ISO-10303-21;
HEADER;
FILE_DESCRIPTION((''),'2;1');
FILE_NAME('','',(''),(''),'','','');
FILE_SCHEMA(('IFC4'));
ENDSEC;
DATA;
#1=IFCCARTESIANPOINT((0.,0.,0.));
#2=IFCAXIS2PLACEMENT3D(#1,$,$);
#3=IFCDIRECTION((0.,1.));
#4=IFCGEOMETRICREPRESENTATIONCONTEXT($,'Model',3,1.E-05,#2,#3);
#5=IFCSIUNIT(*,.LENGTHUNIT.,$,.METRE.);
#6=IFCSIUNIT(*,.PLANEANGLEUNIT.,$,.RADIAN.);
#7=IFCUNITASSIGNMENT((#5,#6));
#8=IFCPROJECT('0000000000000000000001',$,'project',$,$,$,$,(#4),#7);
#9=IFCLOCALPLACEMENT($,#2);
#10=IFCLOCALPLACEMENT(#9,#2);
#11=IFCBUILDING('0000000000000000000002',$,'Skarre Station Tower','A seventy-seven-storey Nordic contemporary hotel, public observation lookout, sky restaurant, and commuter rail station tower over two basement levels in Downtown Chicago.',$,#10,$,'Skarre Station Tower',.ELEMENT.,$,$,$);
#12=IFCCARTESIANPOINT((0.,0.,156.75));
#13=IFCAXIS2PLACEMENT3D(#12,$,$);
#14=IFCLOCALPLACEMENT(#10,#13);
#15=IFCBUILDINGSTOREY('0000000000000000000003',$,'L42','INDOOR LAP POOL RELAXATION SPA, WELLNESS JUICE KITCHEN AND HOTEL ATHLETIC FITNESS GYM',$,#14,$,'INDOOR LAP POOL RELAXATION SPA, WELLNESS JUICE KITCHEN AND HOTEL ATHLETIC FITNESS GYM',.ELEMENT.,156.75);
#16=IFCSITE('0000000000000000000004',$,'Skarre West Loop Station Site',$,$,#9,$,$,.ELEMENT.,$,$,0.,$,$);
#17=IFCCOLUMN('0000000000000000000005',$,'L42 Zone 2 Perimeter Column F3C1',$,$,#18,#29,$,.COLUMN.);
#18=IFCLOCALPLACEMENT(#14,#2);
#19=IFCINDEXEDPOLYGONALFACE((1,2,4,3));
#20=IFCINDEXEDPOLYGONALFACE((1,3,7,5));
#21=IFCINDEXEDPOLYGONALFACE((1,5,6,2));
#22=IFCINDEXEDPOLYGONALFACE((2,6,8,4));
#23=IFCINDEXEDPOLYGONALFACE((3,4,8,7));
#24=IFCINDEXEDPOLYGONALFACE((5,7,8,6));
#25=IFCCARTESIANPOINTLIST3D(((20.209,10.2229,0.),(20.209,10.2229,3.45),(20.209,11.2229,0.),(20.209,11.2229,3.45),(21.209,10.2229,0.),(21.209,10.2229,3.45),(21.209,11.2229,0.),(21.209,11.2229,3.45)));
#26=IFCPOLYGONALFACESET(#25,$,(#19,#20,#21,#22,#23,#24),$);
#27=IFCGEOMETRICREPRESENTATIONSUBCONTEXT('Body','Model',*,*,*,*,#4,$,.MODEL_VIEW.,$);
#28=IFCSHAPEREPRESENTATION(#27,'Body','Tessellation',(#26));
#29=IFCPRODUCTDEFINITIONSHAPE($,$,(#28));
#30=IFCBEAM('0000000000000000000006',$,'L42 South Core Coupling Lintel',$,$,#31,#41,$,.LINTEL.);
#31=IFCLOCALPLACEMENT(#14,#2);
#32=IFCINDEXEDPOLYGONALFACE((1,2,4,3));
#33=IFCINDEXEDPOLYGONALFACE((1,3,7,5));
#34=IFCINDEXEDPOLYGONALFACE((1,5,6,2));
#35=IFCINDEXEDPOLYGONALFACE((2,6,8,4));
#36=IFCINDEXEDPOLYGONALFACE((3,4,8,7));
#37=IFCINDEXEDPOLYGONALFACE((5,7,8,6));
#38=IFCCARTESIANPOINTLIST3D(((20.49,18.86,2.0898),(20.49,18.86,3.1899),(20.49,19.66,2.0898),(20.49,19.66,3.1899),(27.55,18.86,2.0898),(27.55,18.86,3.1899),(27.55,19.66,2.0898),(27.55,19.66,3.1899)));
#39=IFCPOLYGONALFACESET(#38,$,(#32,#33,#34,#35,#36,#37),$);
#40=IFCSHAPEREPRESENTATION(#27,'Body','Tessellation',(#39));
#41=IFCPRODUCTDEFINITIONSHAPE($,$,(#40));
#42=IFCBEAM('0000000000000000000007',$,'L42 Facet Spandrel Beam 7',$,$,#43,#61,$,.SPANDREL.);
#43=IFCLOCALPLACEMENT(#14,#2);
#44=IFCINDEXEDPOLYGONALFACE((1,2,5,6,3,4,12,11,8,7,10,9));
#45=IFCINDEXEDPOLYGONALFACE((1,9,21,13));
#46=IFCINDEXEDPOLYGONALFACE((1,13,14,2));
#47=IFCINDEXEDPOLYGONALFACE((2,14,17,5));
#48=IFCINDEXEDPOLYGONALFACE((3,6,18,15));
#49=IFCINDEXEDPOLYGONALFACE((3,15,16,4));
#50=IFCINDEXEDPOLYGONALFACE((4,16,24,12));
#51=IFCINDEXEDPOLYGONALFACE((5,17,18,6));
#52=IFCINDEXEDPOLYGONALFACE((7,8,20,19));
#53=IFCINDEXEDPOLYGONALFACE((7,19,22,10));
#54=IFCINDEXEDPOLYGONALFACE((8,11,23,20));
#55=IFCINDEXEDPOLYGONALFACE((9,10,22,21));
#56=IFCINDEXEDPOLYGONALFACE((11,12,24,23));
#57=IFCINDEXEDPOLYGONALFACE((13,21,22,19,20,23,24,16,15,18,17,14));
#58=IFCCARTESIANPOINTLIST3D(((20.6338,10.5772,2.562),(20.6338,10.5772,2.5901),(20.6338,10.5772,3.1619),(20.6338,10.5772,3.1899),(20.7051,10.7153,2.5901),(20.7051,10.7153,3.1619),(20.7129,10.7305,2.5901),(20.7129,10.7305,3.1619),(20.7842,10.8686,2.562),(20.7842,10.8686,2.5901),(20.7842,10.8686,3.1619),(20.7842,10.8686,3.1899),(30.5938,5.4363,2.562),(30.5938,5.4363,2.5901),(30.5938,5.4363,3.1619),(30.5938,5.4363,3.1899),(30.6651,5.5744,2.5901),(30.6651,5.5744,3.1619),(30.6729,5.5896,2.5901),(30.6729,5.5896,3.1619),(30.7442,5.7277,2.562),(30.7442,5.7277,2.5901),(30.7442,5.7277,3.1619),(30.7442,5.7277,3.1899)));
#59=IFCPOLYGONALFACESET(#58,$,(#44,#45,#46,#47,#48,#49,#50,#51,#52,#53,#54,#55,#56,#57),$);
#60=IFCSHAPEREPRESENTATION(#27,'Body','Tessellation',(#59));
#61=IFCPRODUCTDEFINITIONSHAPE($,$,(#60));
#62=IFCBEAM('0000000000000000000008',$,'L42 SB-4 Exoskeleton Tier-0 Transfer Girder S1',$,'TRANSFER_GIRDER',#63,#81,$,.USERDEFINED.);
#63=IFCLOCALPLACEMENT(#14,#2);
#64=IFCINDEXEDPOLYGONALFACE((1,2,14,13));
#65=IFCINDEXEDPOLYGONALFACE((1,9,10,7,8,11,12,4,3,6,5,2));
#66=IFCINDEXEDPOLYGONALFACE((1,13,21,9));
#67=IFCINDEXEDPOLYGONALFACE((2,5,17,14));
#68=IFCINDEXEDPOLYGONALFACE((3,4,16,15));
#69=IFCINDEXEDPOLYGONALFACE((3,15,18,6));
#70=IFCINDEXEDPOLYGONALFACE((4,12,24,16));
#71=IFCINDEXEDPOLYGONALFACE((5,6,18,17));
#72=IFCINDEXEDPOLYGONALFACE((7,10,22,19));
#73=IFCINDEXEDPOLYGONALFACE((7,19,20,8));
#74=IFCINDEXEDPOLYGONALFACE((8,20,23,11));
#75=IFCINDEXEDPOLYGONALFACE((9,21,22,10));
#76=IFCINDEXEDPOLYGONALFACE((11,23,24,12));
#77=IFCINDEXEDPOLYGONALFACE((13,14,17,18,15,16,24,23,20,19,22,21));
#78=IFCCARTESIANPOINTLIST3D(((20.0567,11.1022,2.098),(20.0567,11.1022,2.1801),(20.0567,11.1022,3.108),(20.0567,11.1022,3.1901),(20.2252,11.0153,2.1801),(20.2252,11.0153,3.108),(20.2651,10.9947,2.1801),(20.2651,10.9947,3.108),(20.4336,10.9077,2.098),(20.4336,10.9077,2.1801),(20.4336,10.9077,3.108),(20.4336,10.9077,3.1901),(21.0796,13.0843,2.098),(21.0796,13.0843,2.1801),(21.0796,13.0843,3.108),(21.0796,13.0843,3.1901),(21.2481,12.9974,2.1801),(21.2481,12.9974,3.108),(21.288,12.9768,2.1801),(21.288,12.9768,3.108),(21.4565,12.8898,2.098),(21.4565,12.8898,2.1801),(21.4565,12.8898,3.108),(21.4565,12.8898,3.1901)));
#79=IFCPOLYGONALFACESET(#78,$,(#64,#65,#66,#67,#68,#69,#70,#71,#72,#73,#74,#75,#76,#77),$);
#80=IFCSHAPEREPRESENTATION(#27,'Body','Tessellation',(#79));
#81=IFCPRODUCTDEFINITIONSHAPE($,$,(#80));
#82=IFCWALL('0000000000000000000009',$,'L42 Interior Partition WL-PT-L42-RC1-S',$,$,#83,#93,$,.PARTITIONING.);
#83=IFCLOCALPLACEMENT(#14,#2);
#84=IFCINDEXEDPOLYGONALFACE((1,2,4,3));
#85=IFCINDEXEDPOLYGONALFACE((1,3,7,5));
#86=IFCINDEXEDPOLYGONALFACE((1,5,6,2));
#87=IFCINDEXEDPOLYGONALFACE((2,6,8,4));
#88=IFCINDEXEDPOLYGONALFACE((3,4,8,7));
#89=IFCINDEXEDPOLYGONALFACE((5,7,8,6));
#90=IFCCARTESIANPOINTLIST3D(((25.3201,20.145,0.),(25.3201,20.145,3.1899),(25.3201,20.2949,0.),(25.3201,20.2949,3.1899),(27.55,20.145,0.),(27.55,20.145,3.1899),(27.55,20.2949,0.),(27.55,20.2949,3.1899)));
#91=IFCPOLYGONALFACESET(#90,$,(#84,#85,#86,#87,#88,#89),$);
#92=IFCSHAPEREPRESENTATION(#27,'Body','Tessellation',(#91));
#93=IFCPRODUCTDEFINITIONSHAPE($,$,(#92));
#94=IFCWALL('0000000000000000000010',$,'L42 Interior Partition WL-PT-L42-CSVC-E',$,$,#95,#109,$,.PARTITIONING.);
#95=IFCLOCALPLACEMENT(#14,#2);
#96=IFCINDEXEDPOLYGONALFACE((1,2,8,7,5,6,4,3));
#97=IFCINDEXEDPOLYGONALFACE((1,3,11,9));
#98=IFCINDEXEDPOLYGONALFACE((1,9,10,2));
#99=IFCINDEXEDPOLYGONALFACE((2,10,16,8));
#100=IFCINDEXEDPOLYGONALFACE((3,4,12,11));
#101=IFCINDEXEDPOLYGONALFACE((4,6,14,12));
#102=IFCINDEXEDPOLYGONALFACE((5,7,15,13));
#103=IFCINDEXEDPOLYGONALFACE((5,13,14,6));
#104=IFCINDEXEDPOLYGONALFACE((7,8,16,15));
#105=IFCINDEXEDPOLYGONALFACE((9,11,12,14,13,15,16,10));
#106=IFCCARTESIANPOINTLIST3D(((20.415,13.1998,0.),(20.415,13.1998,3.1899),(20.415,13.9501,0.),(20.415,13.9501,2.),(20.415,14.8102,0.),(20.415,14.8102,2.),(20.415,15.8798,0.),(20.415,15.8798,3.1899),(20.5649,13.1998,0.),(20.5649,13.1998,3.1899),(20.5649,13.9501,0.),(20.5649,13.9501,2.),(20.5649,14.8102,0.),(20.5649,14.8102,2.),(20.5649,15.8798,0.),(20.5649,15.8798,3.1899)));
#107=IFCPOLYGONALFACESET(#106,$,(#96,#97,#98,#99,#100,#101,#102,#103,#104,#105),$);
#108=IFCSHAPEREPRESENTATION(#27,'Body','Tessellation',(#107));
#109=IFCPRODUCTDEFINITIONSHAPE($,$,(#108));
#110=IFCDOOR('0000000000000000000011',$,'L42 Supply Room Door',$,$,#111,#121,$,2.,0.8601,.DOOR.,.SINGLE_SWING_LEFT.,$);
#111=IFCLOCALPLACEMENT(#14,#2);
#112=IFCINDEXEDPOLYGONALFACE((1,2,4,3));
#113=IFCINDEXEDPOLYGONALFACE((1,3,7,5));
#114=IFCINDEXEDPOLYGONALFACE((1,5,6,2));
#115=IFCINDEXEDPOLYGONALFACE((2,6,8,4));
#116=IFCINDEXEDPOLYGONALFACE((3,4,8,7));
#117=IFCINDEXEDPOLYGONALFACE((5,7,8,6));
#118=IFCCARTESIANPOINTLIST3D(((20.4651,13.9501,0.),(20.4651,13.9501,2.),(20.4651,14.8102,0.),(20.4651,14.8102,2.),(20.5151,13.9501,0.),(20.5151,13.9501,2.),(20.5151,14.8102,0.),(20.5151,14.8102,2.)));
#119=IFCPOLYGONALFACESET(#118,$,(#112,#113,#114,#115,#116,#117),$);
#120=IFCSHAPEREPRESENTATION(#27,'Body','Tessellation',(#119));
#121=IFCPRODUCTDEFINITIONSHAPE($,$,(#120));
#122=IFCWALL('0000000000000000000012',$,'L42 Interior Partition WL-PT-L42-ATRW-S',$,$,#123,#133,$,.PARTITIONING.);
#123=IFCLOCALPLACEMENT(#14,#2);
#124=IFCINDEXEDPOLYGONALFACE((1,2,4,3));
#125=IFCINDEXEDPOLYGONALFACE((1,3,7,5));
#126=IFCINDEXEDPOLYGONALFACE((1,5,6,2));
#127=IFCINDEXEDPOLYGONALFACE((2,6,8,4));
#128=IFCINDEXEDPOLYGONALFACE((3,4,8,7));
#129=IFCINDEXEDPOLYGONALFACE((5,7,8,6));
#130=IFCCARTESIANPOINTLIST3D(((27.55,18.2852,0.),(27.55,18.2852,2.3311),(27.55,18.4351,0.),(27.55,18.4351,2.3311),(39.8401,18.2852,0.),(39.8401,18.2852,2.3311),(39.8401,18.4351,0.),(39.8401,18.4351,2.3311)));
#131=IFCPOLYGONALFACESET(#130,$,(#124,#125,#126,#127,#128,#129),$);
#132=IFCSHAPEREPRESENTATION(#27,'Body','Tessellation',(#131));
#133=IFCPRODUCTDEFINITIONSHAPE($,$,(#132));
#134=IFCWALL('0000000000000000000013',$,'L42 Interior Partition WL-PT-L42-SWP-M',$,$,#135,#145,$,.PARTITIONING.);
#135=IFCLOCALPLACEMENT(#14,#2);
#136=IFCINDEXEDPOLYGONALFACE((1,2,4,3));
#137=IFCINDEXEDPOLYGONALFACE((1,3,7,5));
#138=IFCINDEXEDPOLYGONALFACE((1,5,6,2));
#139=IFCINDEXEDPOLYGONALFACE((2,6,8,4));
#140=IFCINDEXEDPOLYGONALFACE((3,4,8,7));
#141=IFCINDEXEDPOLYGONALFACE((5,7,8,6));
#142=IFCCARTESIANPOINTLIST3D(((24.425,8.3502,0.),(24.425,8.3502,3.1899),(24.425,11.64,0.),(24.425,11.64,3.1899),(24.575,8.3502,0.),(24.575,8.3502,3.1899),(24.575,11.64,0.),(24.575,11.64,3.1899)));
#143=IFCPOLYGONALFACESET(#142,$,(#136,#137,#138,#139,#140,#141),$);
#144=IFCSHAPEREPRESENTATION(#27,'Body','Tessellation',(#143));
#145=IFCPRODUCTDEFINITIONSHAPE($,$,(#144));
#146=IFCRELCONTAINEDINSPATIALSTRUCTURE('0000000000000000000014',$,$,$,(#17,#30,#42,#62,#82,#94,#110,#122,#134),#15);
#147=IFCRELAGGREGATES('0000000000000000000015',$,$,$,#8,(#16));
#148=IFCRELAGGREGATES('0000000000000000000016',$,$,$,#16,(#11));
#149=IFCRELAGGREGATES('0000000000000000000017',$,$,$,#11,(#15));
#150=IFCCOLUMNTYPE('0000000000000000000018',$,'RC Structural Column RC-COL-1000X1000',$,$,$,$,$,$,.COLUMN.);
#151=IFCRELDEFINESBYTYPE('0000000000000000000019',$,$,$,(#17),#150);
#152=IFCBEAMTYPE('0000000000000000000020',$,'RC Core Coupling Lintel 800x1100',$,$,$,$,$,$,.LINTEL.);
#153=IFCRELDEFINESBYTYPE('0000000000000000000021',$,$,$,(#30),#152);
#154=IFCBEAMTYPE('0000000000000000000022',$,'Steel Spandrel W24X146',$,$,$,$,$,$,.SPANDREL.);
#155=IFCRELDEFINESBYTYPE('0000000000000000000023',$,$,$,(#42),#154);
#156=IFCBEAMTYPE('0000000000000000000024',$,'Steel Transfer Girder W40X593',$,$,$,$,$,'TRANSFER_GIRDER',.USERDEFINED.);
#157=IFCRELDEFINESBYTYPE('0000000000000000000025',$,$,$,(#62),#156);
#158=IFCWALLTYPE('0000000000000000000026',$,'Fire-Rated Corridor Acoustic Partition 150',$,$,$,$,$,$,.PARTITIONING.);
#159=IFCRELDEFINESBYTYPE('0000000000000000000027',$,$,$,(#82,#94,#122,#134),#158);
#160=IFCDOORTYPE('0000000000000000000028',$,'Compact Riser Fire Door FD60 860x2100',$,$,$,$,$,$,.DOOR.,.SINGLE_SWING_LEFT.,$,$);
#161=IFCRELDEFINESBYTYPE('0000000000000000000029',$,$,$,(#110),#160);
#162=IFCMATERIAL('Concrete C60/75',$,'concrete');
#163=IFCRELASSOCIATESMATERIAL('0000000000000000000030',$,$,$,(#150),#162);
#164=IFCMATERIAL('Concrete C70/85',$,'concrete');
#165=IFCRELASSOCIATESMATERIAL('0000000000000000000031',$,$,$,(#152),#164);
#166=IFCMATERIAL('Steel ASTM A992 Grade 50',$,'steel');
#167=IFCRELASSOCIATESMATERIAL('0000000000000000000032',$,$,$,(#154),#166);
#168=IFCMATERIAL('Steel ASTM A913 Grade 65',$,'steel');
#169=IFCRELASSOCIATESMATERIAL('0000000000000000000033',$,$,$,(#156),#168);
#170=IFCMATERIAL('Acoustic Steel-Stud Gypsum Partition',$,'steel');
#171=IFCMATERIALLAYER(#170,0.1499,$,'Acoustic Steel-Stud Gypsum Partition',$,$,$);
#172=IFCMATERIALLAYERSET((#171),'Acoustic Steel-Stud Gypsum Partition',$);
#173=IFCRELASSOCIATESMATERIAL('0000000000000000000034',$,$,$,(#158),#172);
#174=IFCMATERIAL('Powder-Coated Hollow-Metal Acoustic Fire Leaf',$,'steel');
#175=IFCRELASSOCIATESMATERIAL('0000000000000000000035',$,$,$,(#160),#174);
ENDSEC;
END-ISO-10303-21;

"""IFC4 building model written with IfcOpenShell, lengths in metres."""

from ifc_helpers import new_model, si_unit, direction, frame, frame_2d, origin, origin_2d, place, context, subcontext, project, spatial, rectangle, i_section, extrude, material, layer, layer_set, material_profile, profile_set, type_object, element, fill, save


model = new_model("IFC4")

# Units and contexts
model_context = context("Model", 3, precision=1e-05, world=origin(), true_north=direction((0.0, 1.0)))
body_context = subcontext(model_context, "Body", "Model", "MODEL_VIEW")
ifc_project = project(units=[si_unit("LENGTHUNIT", "METRE"), si_unit("PLANEANGLEUNIT", "RADIAN")], contexts=[model_context])

# Site, building, storey
site_placement = place(None, origin())
site = spatial("IfcSite", under=ifc_project, at=site_placement, Name="Skarre West Loop Station Site", CompositionType="ELEMENT", RefElevation=0.0)
building_placement = place(site_placement, origin())
building = spatial("IfcBuilding", under=site, at=building_placement, Name="Skarre Station Tower", Description="A seventy-seven-storey Nordic contemporary hotel, public observation lookout, sky restaurant, and commuter rail station tower over two basement levels in Downtown Chicago.", LongName="Skarre Station Tower", CompositionType="ELEMENT")
storey_placement = place(building_placement, frame((0.0, 0.0, 156.75)))
storey = spatial("IfcBuildingStorey", under=building, at=storey_placement, Name="L42", Description="INDOOR LAP POOL RELAXATION SPA, WELLNESS JUICE KITCHEN AND HOTEL ATHLETIC FITNESS GYM", LongName="INDOOR LAP POOL RELAXATION SPA, WELLNESS JUICE KITCHEN AND HOTEL ATHLETIC FITNESS GYM", CompositionType="ELEMENT", Elevation=156.75)

# Column
ifc_material_1 = material(Name="Concrete C60/75", Category="concrete")
ifc_material_profile_1 = material_profile(ifc_material_1, rectangle(XDim=1.0, YDim=1.0, at=origin_2d()), Name="Concrete C60/75")
ifc_profile_set_1 = profile_set([ifc_material_profile_1], Name="Concrete C60/75")
column_type = type_object("IfcColumnType", Name="RC Structural Column RC-COL-1000X1000", PredefinedType="COLUMN", material=ifc_profile_set_1)
column_placement = place(storey_placement, frame((20.709, 10.7229, 0.0), z_axis=(0.0, 0.0, 1.0), x_axis=(1.0, 0.0, 0.0)))
element("IfcColumn", 1, at=column_placement, inside=storey, type_object=column_type, Name="L42 Zone 2 Perimeter Column F3C1", PredefinedType="COLUMN", context=body_context, shape_type="SweptSolid", body=[
    extrude(rectangle(XDim=1.0, YDim=1.0, at=origin_2d()), origin(), (0.0, 0.0, 1.0), 3.45),
])

# Beams
ifc_material_2 = material(Name="Concrete C70/85", Category="concrete")
ifc_material_profile_2 = material_profile(ifc_material_2, rectangle(XDim=0.8, YDim=1.1001, at=origin_2d()), Name="Concrete C70/85")
ifc_profile_set_2 = profile_set([ifc_material_profile_2], Name="Concrete C70/85")
beam_type_1 = type_object("IfcBeamType", Name="RC Core Coupling Lintel 800x1100", PredefinedType="LINTEL", material=ifc_profile_set_2)
beam_1_placement = place(storey_placement, frame((20.49, 19.26, 2.6399), z_axis=(1.0, 0.0, 0.0), x_axis=(0.0, 1.0, 0.0)))
element("IfcBeam", 2, at=beam_1_placement, inside=storey, type_object=beam_type_1, Name="L42 South Core Coupling Lintel", PredefinedType="LINTEL", context=body_context, shape_type="SweptSolid", body=[
    extrude(rectangle(XDim=0.8, YDim=1.1001, at=origin_2d()), origin(), (0.0, 0.0, 1.0), 7.0601),
])
ifc_material_3 = material(Name="Steel ASTM A992 Grade 50", Category="steel")
ifc_material_profile_3 = material_profile(ifc_material_3, i_section(OverallWidth=0.3279, OverallDepth=0.6279, WebThickness=0.0171, FlangeThickness=0.0281, at=origin_2d()), Name="Steel ASTM A992 Grade 50")
ifc_profile_set_3 = profile_set([ifc_material_profile_3], Name="Steel ASTM A992 Grade 50")
beam_type_2 = type_object("IfcBeamType", Name="Steel Spandrel W24X146", PredefinedType="SPANDREL", material=ifc_profile_set_3)
beam_2_placement = place(storey_placement, frame((20.709, 10.7229, 2.876), z_axis=(0.888612, -0.45866, 0.0), x_axis=(0.45866, 0.888612, 0.0)))
element("IfcBeam", 3, at=beam_2_placement, inside=storey, type_object=beam_type_2, Name="L42 Facet Spandrel Beam 7", PredefinedType="SPANDREL", context=body_context, shape_type="SweptSolid", body=[
    extrude(i_section(OverallWidth=0.3279, OverallDepth=0.6279, WebThickness=0.0171, FlangeThickness=0.0281, at=origin_2d()), origin(), (0.0, 0.0, 1.0), 11.2085),
])
ifc_material_4 = material(Name="Steel ASTM A913 Grade 65", Category="steel")
ifc_material_profile_4 = material_profile(ifc_material_4, i_section(OverallWidth=0.4241, OverallDepth=1.092, WebThickness=0.0449, FlangeThickness=0.082, at=origin_2d()), Name="Steel ASTM A913 Grade 65")
ifc_profile_set_4 = profile_set([ifc_material_profile_4], Name="Steel ASTM A913 Grade 65")
beam_type_3 = type_object("IfcBeamType", Name="Steel Transfer Girder W40X593", ElementType="TRANSFER_GIRDER", PredefinedType="USERDEFINED", material=ifc_profile_set_4)
beam_3_placement = place(storey_placement, frame((21.2681, 12.9871, 2.644), z_axis=(-0.458604, -0.888641, 0.0), x_axis=(0.888641, -0.458604, 0.0)))
element("IfcBeam", 4, at=beam_3_placement, inside=storey, type_object=beam_type_3, Name="L42 SB-4 Exoskeleton Tier-0 Transfer Girder S1", ObjectType="TRANSFER_GIRDER", PredefinedType="USERDEFINED", context=body_context, shape_type="SweptSolid", body=[
    extrude(i_section(OverallWidth=0.4241, OverallDepth=1.092, WebThickness=0.0449, FlangeThickness=0.082, at=origin_2d()), origin(), (0.0, 0.0, 1.0), 2.2305),
])

# Wall
ifc_material_5 = material(Name="Acoustic Steel-Stud Gypsum Partition", Category="steel")
ifc_layer_1 = layer(ifc_material_5, 0.1499, Name="Acoustic Steel-Stud Gypsum Partition")
ifc_layer_set_1 = layer_set([ifc_layer_1], Name="Acoustic Steel-Stud Gypsum Partition")
wall_type_1 = type_object("IfcWallType", Name="Fire-Rated Corridor Acoustic Partition 150", PredefinedType="PARTITIONING", material=ifc_layer_set_1)
wall_1_placement = place(storey_placement, frame((25.3201, 20.22, 0.0), z_axis=(0.0, 0.0, 1.0), x_axis=(1.0, 0.0, 0.0)))
element("IfcWall", 5, at=wall_1_placement, inside=storey, type_object=wall_type_1, Name="L42 Interior Partition WL-PT-L42-RC1-S", PredefinedType="PARTITIONING", context=body_context, shape_type="SweptSolid", body=[
    extrude(rectangle(XDim=2.23, YDim=0.1499, at=frame_2d((1.115, 0.0))), origin(), (0.0, 0.0, 1.0), 3.1899),
])

# Wall, opening, door
wall_2_placement = place(storey_placement, frame((20.49, 13.2, 0.0), z_axis=(0.0, 0.0, 1.0), x_axis=(0.0, 1.0, 0.0)))
wall_2 = element("IfcWall", 6, at=wall_2_placement, inside=storey, type_object=wall_type_1, Name="L42 Interior Partition WL-PT-L42-CSVC-E", PredefinedType="PARTITIONING", context=body_context, shape_type="SweptSolid", body=[
    extrude(rectangle(XDim=2.6799, YDim=0.1499, at=frame_2d((1.3398, 0.0))), origin(), (0.0, 0.0, 1.0), 3.1899),
])
opening_1_placement = place(wall_2_placement, frame((0.75, 0.0, 0.0)))
opening_1 = element("IfcOpeningElement", 7, at=opening_1_placement, cuts=wall_2, PredefinedType="OPENING", context=body_context, shape_type="SweptSolid", body=[
    extrude(rectangle(XDim=0.8601, YDim=2.0, at=frame_2d((0.4302, 1.0))), frame((0.0, 0.085, 0.0), z_axis=(0.0, -1.0, 0.0), x_axis=(1.0, 0.0, 0.0)), (0.0, 0.0, 1.0), 0.1699),
])
ifc_material_6 = material(Name="Powder-Coated Hollow-Metal Acoustic Fire Leaf", Category="steel")
door_type_1 = type_object("IfcDoorType", Name="Compact Riser Fire Door FD60 860x2100", OperationType="SINGLE_SWING_LEFT", PredefinedType="DOOR", material=ifc_material_6)
door_1_placement = place(opening_1_placement, origin())
door_1 = element("IfcDoor", 8, at=door_1_placement, inside=storey, type_object=door_type_1, Name="L42 Supply Room Door", OperationType="SINGLE_SWING_LEFT", OverallHeight=2.0, OverallWidth=0.8601, PredefinedType="DOOR", context=body_context, shape_type="SweptSolid", body=[
    extrude(rectangle(XDim=0.8601, YDim=2.0, at=frame_2d((0.4302, 1.0))), frame((0.0, 0.0249, 0.0), z_axis=(0.0, -1.0, 0.0), x_axis=(1.0, 0.0, 0.0)), (0.0, 0.0, 1.0), 0.05),
])
fill(opening_1, door_1)

# Walls
wall_3_placement = place(storey_placement, frame((27.55, 18.3601, 0.0), z_axis=(0.0, 0.0, 1.0), x_axis=(1.0, 0.0, 0.0)))
element("IfcWall", 9, at=wall_3_placement, inside=storey, type_object=wall_type_1, Name="L42 Interior Partition WL-PT-L42-ATRW-S", PredefinedType="PARTITIONING", context=body_context, shape_type="SweptSolid", body=[
    extrude(rectangle(XDim=12.29, YDim=0.1499, at=frame_2d((6.145, 0.0))), origin(), (0.0, 0.0, 1.0), 2.3311),
])
wall_4_placement = place(storey_placement, frame((24.5, 8.3501, 0.0), z_axis=(0.0, 0.0, 1.0), x_axis=(0.0, 1.0, 0.0)))
element("IfcWall", 10, at=wall_4_placement, inside=storey, type_object=wall_type_1, Name="L42 Interior Partition WL-PT-L42-SWP-M", PredefinedType="PARTITIONING", context=body_context, shape_type="SweptSolid", body=[
    extrude(rectangle(XDim=3.2898, YDim=0.1499, at=frame_2d((1.645, 0.0))), origin(), (0.0, 0.0, 1.0), 3.1899),
])

save(model, "model.ifc")
